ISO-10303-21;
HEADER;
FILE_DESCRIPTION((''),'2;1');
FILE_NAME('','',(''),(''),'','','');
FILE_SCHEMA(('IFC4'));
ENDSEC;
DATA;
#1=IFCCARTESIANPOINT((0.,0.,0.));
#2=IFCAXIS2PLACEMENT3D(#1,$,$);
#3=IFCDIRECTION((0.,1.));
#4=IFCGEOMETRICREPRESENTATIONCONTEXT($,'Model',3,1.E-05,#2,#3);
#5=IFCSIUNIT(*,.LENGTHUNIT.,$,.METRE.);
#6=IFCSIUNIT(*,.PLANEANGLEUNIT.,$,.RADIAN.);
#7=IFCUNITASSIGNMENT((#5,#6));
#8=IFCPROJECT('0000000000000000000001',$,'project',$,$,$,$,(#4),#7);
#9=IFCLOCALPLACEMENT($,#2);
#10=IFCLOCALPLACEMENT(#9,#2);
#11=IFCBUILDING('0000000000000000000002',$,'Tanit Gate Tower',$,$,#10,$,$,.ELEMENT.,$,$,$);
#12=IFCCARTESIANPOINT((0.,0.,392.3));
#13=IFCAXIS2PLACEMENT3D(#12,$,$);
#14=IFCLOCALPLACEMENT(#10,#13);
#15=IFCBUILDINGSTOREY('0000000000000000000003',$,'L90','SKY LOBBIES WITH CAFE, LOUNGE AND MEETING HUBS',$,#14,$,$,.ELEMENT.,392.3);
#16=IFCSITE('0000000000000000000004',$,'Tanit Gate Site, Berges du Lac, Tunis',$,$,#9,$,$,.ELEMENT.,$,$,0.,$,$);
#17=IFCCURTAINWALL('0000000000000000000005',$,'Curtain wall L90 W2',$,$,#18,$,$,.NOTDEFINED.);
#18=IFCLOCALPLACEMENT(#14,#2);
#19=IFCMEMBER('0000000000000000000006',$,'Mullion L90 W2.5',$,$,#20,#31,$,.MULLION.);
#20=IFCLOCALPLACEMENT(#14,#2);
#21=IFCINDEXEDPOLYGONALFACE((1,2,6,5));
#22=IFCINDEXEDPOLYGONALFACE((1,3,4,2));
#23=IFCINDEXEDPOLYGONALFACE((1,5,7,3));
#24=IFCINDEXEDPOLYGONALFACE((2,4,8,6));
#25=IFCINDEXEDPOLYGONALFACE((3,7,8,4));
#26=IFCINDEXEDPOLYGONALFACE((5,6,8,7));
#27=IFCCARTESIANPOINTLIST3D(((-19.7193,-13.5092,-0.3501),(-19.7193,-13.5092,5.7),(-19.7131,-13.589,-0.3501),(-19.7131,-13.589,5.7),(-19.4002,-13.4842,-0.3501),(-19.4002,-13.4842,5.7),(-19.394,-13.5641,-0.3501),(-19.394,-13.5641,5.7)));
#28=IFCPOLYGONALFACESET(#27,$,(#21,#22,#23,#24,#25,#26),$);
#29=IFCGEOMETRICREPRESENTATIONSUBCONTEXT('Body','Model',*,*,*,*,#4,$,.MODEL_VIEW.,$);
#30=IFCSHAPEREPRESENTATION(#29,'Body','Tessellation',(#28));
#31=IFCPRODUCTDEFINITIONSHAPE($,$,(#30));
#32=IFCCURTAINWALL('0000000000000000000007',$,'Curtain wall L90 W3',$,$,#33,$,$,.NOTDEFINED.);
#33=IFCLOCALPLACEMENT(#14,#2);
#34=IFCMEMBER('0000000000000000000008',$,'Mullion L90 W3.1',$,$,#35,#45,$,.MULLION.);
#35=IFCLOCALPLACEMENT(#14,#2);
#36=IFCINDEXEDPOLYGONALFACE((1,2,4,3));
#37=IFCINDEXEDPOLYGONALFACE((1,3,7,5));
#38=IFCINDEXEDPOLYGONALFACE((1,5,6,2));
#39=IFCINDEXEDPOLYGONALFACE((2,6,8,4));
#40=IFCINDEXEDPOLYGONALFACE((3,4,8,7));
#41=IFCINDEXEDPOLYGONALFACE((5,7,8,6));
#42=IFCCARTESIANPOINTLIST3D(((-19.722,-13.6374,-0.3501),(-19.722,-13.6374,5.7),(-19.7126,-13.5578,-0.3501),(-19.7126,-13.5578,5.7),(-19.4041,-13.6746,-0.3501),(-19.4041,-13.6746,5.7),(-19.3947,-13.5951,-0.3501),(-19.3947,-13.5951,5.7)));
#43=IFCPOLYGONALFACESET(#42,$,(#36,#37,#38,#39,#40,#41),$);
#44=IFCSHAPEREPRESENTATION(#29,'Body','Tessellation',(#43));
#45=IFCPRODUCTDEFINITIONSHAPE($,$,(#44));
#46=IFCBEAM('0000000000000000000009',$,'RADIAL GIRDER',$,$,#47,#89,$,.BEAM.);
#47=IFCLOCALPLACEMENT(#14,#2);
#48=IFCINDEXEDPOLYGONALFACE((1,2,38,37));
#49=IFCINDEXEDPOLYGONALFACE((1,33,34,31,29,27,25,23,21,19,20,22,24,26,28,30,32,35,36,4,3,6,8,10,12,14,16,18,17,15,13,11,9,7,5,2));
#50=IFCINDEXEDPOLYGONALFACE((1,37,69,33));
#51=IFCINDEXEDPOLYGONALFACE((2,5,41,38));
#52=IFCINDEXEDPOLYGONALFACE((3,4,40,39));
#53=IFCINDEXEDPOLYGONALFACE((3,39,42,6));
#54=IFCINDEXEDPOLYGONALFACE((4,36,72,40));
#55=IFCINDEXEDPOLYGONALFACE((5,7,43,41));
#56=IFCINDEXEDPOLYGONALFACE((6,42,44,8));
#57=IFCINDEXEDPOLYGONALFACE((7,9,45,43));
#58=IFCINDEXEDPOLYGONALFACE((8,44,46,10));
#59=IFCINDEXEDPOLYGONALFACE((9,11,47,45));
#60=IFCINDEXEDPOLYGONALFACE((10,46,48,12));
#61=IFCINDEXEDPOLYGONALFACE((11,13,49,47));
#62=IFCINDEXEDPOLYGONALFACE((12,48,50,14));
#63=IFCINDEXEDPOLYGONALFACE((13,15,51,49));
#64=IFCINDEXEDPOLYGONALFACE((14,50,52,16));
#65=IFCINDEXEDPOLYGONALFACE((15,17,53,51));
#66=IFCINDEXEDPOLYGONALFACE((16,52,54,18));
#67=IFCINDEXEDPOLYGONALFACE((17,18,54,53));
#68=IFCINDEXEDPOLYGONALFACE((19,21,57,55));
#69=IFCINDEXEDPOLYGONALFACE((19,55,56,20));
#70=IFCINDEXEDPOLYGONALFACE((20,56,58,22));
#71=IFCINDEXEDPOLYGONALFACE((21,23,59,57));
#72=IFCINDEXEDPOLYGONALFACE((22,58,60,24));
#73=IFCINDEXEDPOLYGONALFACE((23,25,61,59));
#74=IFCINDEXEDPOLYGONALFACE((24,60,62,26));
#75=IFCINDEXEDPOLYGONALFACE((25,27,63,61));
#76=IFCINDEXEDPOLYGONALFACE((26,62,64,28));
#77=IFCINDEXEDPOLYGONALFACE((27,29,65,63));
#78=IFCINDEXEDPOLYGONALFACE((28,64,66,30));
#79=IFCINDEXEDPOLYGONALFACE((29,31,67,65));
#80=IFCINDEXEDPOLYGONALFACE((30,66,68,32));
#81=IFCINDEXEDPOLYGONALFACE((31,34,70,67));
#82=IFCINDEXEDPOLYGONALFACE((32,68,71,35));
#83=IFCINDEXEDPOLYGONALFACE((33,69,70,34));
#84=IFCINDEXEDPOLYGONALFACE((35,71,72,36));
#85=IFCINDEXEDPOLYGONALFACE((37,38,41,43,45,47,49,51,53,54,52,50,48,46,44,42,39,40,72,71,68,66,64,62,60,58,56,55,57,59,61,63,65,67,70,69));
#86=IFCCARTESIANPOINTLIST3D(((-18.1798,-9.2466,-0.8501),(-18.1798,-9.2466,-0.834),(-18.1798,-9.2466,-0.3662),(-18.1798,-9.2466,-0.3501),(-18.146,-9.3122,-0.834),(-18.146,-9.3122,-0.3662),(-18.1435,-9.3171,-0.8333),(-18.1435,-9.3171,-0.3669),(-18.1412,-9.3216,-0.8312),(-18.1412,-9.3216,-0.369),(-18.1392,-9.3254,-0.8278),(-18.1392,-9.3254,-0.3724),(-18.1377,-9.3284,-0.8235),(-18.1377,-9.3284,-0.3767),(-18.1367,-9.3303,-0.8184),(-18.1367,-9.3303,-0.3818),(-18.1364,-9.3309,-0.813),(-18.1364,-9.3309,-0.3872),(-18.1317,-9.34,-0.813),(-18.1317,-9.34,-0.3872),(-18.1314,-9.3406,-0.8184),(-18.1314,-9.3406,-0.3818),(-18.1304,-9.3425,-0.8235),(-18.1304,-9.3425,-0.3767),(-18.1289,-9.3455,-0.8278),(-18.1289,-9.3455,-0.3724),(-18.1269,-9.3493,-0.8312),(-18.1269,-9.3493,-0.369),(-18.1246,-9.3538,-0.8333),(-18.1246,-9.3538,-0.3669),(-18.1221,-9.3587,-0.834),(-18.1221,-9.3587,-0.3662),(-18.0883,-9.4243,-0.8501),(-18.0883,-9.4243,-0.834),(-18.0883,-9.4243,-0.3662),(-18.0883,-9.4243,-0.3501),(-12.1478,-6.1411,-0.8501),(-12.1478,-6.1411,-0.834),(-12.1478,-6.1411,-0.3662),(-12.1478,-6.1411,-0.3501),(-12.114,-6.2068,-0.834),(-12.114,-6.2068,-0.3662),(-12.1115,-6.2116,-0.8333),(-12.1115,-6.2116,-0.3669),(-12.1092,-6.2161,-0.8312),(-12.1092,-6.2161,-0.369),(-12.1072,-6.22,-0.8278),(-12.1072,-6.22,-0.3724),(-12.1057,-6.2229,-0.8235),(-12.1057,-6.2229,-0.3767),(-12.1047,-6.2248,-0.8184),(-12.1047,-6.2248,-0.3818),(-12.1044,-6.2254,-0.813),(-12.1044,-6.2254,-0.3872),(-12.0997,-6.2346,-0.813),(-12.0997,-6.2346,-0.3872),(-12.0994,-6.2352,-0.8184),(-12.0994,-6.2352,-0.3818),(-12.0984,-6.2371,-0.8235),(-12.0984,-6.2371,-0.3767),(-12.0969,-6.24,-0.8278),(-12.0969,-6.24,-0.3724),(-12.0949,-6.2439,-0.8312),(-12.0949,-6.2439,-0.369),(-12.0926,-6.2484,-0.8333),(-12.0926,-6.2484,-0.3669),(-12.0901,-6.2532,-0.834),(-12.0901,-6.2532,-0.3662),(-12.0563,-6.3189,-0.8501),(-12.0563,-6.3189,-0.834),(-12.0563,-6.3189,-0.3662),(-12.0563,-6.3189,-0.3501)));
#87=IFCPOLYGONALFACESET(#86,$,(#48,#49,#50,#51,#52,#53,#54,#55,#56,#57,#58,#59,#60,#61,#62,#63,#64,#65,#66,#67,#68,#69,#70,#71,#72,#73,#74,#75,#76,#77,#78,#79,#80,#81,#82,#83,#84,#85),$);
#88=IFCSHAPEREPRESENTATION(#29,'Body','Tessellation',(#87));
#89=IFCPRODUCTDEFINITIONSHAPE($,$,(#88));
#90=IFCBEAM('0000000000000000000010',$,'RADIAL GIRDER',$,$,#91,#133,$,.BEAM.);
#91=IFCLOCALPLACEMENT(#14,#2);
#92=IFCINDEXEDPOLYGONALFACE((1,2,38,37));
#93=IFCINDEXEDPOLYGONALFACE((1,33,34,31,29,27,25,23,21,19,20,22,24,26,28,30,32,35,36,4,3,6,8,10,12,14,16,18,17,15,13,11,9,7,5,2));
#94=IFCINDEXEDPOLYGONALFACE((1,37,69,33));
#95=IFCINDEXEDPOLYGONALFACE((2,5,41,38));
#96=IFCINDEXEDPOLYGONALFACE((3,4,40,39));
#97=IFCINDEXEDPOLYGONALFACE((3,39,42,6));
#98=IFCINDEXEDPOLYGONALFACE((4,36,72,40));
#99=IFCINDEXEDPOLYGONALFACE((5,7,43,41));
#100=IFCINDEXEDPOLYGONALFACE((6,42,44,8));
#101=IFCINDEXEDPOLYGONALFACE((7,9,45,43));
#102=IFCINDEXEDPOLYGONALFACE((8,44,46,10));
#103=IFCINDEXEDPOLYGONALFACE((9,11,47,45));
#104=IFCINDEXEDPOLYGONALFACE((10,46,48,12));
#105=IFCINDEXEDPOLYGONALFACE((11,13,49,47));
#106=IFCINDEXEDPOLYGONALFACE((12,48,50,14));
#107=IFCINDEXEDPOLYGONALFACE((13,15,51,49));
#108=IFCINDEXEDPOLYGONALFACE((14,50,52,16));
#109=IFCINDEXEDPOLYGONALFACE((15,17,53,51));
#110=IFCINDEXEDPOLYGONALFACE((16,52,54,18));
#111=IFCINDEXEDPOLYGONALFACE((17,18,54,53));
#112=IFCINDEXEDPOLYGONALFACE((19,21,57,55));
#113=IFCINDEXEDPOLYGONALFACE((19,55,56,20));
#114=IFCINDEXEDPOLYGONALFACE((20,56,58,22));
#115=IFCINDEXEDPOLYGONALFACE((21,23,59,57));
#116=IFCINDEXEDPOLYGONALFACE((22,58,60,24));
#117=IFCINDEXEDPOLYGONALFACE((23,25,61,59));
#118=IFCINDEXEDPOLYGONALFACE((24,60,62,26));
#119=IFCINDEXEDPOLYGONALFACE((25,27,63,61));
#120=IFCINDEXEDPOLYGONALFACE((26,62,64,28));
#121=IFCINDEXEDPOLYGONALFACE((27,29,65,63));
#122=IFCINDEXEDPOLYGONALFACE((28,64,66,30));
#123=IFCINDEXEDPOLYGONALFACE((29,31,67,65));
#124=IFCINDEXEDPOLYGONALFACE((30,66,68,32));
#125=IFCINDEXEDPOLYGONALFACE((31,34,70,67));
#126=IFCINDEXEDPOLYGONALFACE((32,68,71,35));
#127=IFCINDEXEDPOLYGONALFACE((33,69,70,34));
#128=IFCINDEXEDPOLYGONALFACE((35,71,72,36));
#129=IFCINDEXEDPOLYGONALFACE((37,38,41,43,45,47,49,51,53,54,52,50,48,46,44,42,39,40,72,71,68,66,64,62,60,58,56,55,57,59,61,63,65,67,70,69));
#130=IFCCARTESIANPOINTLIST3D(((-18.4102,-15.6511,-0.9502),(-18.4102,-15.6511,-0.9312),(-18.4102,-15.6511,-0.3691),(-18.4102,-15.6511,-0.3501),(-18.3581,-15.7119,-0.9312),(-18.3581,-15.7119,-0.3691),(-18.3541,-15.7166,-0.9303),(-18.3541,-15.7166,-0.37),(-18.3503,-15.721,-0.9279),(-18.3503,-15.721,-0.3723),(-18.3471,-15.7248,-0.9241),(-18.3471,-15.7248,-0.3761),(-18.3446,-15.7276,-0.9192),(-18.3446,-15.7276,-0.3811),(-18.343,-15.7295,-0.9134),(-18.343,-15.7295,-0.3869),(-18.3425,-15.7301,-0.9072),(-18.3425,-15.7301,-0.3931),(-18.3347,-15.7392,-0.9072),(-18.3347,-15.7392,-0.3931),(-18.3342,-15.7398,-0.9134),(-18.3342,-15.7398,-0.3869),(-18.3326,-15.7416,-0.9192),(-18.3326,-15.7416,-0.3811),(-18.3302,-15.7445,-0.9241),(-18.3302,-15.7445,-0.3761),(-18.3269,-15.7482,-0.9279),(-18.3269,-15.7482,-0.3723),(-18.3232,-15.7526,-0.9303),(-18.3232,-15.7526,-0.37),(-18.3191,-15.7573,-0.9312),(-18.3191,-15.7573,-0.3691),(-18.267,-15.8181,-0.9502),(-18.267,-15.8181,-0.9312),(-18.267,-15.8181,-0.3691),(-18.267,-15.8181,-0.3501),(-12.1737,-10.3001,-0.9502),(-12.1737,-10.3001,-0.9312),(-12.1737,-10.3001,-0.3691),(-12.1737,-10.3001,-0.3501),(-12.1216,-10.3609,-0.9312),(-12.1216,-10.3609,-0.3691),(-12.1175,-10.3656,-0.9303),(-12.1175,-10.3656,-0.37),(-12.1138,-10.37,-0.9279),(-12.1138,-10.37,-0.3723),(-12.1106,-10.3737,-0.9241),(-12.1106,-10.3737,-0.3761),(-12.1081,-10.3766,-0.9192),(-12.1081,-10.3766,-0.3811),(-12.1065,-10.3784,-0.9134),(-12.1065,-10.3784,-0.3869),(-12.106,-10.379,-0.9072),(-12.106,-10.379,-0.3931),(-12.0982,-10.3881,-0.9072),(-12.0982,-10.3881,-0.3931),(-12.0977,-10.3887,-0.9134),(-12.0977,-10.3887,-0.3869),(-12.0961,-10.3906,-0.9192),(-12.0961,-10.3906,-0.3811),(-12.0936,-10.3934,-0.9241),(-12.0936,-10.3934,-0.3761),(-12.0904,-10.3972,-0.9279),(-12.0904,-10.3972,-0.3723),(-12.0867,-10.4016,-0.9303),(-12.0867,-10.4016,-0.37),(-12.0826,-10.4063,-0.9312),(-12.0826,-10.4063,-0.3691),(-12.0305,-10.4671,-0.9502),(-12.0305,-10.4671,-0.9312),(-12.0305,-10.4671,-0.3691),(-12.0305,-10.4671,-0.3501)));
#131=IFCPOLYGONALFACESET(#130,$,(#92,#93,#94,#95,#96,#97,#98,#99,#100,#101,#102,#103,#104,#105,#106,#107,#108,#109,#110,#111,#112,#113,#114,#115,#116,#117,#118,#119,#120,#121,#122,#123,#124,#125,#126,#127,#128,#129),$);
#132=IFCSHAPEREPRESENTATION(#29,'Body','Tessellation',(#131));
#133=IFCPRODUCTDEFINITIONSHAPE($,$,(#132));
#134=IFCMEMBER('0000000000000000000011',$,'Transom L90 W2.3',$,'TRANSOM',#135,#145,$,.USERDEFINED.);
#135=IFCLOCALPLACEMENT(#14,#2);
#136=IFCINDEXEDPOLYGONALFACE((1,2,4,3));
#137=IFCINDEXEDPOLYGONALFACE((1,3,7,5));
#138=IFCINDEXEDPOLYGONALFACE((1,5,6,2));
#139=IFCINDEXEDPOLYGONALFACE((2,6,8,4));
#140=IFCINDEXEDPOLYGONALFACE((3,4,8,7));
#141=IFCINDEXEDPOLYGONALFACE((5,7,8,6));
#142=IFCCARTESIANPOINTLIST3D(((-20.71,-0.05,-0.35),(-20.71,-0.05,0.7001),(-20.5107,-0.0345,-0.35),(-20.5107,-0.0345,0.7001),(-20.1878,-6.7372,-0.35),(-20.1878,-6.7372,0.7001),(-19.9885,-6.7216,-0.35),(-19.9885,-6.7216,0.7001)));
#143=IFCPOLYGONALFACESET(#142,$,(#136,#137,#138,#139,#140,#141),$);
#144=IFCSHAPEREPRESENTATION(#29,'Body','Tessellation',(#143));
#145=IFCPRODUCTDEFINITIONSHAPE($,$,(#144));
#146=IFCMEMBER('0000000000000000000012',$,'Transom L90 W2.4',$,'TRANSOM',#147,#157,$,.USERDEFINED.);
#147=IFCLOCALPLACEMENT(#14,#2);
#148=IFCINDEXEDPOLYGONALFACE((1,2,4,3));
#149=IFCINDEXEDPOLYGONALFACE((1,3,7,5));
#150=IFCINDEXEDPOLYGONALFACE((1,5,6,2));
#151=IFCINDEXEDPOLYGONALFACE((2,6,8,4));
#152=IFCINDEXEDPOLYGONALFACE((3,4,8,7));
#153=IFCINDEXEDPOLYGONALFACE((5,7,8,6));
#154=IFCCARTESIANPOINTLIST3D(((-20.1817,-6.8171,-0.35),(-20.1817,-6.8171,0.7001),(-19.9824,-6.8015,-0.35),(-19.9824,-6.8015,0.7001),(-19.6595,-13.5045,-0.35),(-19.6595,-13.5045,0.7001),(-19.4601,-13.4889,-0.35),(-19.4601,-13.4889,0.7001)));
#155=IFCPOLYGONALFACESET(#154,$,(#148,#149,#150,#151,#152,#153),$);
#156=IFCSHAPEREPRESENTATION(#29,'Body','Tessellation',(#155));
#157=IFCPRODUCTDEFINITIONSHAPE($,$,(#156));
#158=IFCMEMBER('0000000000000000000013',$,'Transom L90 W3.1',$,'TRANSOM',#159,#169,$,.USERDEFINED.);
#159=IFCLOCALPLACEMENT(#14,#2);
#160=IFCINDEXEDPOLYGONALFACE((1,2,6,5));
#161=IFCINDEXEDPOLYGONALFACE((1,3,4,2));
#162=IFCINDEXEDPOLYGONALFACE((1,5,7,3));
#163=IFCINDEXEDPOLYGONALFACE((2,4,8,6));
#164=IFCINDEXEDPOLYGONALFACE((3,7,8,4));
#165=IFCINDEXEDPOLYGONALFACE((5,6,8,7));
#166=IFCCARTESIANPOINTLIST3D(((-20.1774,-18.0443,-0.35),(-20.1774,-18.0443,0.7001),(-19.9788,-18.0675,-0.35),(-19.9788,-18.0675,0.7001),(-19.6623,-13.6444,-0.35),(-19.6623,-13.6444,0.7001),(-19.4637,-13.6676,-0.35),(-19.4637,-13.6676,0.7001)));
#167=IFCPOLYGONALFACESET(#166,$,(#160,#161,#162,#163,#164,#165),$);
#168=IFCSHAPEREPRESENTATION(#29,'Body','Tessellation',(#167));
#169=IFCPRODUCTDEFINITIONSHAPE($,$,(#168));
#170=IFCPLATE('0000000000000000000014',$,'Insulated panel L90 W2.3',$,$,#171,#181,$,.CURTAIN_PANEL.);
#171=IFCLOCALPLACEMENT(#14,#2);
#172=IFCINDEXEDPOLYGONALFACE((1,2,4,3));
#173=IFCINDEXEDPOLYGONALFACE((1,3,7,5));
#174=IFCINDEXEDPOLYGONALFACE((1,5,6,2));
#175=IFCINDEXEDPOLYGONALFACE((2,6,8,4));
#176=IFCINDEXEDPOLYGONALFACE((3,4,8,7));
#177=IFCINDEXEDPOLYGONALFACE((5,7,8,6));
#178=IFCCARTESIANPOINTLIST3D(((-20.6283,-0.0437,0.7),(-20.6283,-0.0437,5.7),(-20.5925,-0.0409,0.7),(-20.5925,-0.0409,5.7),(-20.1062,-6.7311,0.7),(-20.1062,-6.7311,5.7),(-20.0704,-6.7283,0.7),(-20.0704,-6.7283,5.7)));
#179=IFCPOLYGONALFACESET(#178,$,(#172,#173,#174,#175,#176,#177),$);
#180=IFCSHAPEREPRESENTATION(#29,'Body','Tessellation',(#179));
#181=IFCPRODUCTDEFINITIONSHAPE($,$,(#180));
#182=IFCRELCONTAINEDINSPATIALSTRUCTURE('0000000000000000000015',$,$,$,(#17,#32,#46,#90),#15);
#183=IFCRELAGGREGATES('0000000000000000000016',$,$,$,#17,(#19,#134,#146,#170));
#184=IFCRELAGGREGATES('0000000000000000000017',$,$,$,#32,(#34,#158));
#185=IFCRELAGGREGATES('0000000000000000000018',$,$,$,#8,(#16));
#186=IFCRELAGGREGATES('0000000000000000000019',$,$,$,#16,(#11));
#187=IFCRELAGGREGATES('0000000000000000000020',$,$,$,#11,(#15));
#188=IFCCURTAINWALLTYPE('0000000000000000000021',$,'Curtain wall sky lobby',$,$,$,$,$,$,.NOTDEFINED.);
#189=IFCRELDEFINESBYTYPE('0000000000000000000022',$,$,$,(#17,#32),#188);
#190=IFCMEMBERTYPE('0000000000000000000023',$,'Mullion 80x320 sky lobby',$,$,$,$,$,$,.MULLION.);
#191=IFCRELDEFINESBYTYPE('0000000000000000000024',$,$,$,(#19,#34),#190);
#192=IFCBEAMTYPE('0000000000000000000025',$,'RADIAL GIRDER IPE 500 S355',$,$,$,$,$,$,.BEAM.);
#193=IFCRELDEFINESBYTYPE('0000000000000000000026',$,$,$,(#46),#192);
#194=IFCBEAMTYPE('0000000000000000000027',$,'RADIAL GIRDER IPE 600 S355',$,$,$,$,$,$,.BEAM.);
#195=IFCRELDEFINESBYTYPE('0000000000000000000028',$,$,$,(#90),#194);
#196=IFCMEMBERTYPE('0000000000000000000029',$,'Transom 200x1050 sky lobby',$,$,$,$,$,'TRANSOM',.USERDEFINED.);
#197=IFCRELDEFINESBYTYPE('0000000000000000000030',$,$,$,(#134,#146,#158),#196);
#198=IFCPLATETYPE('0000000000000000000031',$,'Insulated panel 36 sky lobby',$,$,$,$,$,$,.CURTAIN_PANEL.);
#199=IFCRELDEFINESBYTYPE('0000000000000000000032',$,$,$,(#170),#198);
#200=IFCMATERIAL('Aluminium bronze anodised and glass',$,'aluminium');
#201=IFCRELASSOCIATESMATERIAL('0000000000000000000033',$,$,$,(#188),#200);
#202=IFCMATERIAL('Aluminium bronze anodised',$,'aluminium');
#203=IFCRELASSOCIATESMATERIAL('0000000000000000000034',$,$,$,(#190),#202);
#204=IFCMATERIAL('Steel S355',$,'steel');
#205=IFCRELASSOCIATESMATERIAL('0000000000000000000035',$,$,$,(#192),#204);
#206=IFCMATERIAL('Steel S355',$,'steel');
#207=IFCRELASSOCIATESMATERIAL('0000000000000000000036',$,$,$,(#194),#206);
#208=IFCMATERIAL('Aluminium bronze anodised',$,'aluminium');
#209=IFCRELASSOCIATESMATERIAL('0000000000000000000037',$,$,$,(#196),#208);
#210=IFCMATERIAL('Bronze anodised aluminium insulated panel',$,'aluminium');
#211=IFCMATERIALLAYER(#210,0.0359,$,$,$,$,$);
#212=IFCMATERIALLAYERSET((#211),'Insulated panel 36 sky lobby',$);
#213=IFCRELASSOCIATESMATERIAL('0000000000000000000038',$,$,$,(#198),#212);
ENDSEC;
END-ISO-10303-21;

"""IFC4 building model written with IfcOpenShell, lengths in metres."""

from ifc_helpers import new_model, si_unit, direction, frame, origin, origin_2d, place, context, subcontext, project, spatial, rectangle, i_section, extrude, material, layer, layer_set, material_profile, profile_set, type_object, element, aggregate, save


model = new_model("IFC4")

# Units and contexts
model_context = context("Model", 3, precision=1e-05, world=origin(), true_north=direction((0.0, 1.0)))
body_context = subcontext(model_context, "Body", "Model", "MODEL_VIEW")
ifc_project = project(units=[si_unit("LENGTHUNIT", "METRE"), si_unit("PLANEANGLEUNIT", "RADIAN")], contexts=[model_context])

# Site, building, storey
site_placement = place(None, origin())
site = spatial("IfcSite", under=ifc_project, at=site_placement, Name="Tanit Gate Site, Berges du Lac, Tunis", CompositionType="ELEMENT", RefElevation=0.0)
building_placement = place(site_placement, origin())
building = spatial("IfcBuilding", under=site, at=building_placement, Name="Tanit Gate Tower", CompositionType="ELEMENT")
storey_placement = place(building_placement, frame((0.0, 0.0, 392.3)))
storey = spatial("IfcBuildingStorey", under=building, at=storey_placement, Name="L90", Description="SKY LOBBIES WITH CAFE, LOUNGE AND MEETING HUBS", CompositionType="ELEMENT", Elevation=392.3)

# Curtain wall, member
ifc_material_1 = material(Name="Aluminium bronze anodised and glass", Category="aluminium")
curtain_wall_type = type_object("IfcCurtainWallType", Name="Curtain wall sky lobby", PredefinedType="NOTDEFINED", material=ifc_material_1)
curtain_wall_1_placement = place(storey_placement, origin())
curtain_wall_1 = element("IfcCurtainWall", 1, at=curtain_wall_1_placement, inside=storey, type_object=curtain_wall_type, Name="Curtain wall L90 W2", PredefinedType="NOTDEFINED")
ifc_material_2 = material(Name="Aluminium bronze anodised", Category="aluminium")
ifc_material_profile_1 = material_profile(ifc_material_2, rectangle(XDim=0.3201, YDim=0.0801, at=origin_2d()), Name="80x320 bronze mullion")
ifc_profile_set_1 = profile_set([ifc_material_profile_1], Name="Aluminium bronze anodised")
member_type_1 = type_object("IfcMemberType", Name="Mullion 80x320 sky lobby", PredefinedType="MULLION", material=ifc_profile_set_1)
member_1_placement = place(storey_placement, frame((-19.5566, -13.5366, -0.3501), z_axis=(0.0, 0.0, 1.0), x_axis=(0.996966, 0.077839, 0.0)))
member_1 = element("IfcMember", 2, at=member_1_placement, type_object=member_type_1, Name="Mullion L90 W2.5", PredefinedType="MULLION", context=body_context, shape_type="SweptSolid", body=[
    extrude(rectangle(XDim=0.3201, YDim=0.0801, at=origin_2d()), origin(), (0.0, 0.0, 1.0), 6.05),
])

# Curtain wall, member
curtain_wall_2_placement = place(storey_placement, origin())
curtain_wall_2 = element("IfcCurtainWall", 3, at=curtain_wall_2_placement, inside=storey, type_object=curtain_wall_type, Name="Curtain wall L90 W3", PredefinedType="NOTDEFINED")
member_2_placement = place(storey_placement, frame((-19.5583, -13.6162, -0.3501), z_axis=(0.0, 0.0, 1.0), x_axis=(0.993212, -0.116318, 0.0)))
member_2 = element("IfcMember", 4, at=member_2_placement, type_object=member_type_1, Name="Mullion L90 W3.1", PredefinedType="MULLION", context=body_context, shape_type="SweptSolid", body=[
    extrude(rectangle(XDim=0.3201, YDim=0.0801, at=origin_2d()), origin(), (0.0, 0.0, 1.0), 6.05),
])

# Beams
ifc_material_3 = material(Name="Steel S355", Category="steel")
ifc_material_profile_2 = material_profile(ifc_material_3, i_section(OverallWidth=0.2, OverallDepth=0.5, WebThickness=0.0103, FlangeThickness=0.0161, FilletRadius=0.021, at=origin_2d()), Name="IPE 500")
ifc_profile_set_2 = profile_set([ifc_material_profile_2], Name="Steel S355")
beam_type_1 = type_object("IfcBeamType", Name="RADIAL GIRDER IPE 500 S355", PredefinedType="BEAM", material=ifc_profile_set_2)
beam_1_placement = place(storey_placement, frame((-18.134, -9.3354, -0.6001), z_axis=(0.88909, 0.457733, 0.0), x_axis=(-0.457733, 0.88909, 0.0)))
element("IfcBeam", 5, at=beam_1_placement, inside=storey, type_object=beam_type_1, Name="RADIAL GIRDER", PredefinedType="BEAM", context=body_context, shape_type="SweptSolid", body=[
    extrude(i_section(OverallWidth=0.2, OverallDepth=0.5, WebThickness=0.0103, FlangeThickness=0.0161, FilletRadius=0.021, at=origin_2d()), origin(), (0.0, 0.0, 1.0), 6.7844),
])
ifc_material_4 = material(Name="Steel S355", Category="steel")
ifc_material_profile_3 = material_profile(ifc_material_4, i_section(OverallWidth=0.22, OverallDepth=0.6001, WebThickness=0.012, FlangeThickness=0.019, FilletRadius=0.0239, at=origin_2d()), Name="IPE 600")
ifc_profile_set_3 = profile_set([ifc_material_profile_3], Name="Steel S355")
beam_type_2 = type_object("IfcBeamType", Name="RADIAL GIRDER IPE 600 S355", PredefinedType="BEAM", material=ifc_profile_set_3)
beam_2_placement = place(storey_placement, frame((-18.3386, -15.7346, -0.6501), z_axis=(0.758929, 0.651173, 0.0), x_axis=(-0.651173, 0.758929, 0.0)))
element("IfcBeam", 6, at=beam_2_placement, inside=storey, type_object=beam_type_2, Name="RADIAL GIRDER", PredefinedType="BEAM", context=body_context, shape_type="SweptSolid", body=[
    extrude(i_section(OverallWidth=0.22, OverallDepth=0.6001, WebThickness=0.012, FlangeThickness=0.019, FilletRadius=0.0239, at=origin_2d()), origin(), (0.0, 0.0, 1.0), 8.2175),
])

# Members
ifc_material_5 = material(Name="Aluminium bronze anodised", Category="aluminium")
ifc_material_profile_4 = material_profile(ifc_material_5, rectangle(XDim=0.2, YDim=1.05, at=origin_2d()), Name="200x1050 bronze transom")
ifc_profile_set_4 = profile_set([ifc_material_profile_4], Name="Aluminium bronze anodised")
member_type_2 = type_object("IfcMemberType", Name="Transom 200x1050 sky lobby", ElementType="TRANSOM", PredefinedType="USERDEFINED", material=ifc_profile_set_4)
member_3_placement = place(storey_placement, frame((-20.6104, -0.0422, 0.175), z_axis=(0.077854, -0.996965, 0.0), x_axis=(0.996965, 0.077854, 0.0)))
member_3 = element("IfcMember", 7, at=member_3_placement, type_object=member_type_2, Name="Transom L90 W2.3", ObjectType="TRANSOM", PredefinedType="USERDEFINED", context=body_context, shape_type="SweptSolid", body=[
    extrude(rectangle(XDim=0.2, YDim=1.05, at=origin_2d()), origin(), (0.0, 0.0, 1.0), 6.7075),
])
member_4_placement = place(storey_placement, frame((-20.082, -6.8093, 0.175), z_axis=(0.077851, -0.996965, 0.0), x_axis=(0.996965, 0.077851, 0.0)))
member_4 = element("IfcMember", 8, at=member_4_placement, type_object=member_type_2, Name="Transom L90 W2.4", ObjectType="TRANSOM", PredefinedType="USERDEFINED", context=body_context, shape_type="SweptSolid", body=[
    extrude(rectangle(XDim=0.2, YDim=1.05, at=origin_2d()), origin(), (0.0, 0.0, 1.0), 6.7078),
])
member_5_placement = place(storey_placement, frame((-19.563, -13.656, 0.175), z_axis=(-0.116285, -0.993216, 0.0), x_axis=(0.993216, -0.116285, 0.0)))
member_5 = element("IfcMember", 9, at=member_5_placement, type_object=member_type_2, Name="Transom L90 W3.1", ObjectType="TRANSOM", PredefinedType="USERDEFINED", context=body_context, shape_type="SweptSolid", body=[
    extrude(rectangle(XDim=0.2, YDim=1.05, at=origin_2d()), origin(), (0.0, 0.0, 1.0), 4.4299),
])

# Plate
ifc_material_6 = material(Name="Bronze anodised aluminium insulated panel", Category="aluminium")
ifc_layer_1 = layer(ifc_material_6, 0.0359)
ifc_layer_set_1 = layer_set([ifc_layer_1], Name="Insulated panel 36 sky lobby")
plate_type = type_object("IfcPlateType", Name="Insulated panel 36 sky lobby", PredefinedType="CURTAIN_PANEL", material=ifc_layer_set_1)
plate_1_placement = place(storey_placement, frame((-20.3494, -3.386, 0.7), z_axis=(0.0, 0.0, 1.0), x_axis=(0.077839, -0.996966, 0.0)))
plate_1 = element("IfcPlate", 10, at=plate_1_placement, type_object=plate_type, Name="Insulated panel L90 W2.3", PredefinedType="CURTAIN_PANEL", context=body_context, shape_type="SweptSolid", body=[
    extrude(rectangle(XDim=6.7078, YDim=0.0359, at=origin_2d()), origin(), (0.0, 0.0, 1.0), 5.0),
])
aggregate(curtain_wall_1, [member_1, member_3, member_4, plate_1])
aggregate(curtain_wall_2, [member_2, member_5])

save(model, "model.ifc")
